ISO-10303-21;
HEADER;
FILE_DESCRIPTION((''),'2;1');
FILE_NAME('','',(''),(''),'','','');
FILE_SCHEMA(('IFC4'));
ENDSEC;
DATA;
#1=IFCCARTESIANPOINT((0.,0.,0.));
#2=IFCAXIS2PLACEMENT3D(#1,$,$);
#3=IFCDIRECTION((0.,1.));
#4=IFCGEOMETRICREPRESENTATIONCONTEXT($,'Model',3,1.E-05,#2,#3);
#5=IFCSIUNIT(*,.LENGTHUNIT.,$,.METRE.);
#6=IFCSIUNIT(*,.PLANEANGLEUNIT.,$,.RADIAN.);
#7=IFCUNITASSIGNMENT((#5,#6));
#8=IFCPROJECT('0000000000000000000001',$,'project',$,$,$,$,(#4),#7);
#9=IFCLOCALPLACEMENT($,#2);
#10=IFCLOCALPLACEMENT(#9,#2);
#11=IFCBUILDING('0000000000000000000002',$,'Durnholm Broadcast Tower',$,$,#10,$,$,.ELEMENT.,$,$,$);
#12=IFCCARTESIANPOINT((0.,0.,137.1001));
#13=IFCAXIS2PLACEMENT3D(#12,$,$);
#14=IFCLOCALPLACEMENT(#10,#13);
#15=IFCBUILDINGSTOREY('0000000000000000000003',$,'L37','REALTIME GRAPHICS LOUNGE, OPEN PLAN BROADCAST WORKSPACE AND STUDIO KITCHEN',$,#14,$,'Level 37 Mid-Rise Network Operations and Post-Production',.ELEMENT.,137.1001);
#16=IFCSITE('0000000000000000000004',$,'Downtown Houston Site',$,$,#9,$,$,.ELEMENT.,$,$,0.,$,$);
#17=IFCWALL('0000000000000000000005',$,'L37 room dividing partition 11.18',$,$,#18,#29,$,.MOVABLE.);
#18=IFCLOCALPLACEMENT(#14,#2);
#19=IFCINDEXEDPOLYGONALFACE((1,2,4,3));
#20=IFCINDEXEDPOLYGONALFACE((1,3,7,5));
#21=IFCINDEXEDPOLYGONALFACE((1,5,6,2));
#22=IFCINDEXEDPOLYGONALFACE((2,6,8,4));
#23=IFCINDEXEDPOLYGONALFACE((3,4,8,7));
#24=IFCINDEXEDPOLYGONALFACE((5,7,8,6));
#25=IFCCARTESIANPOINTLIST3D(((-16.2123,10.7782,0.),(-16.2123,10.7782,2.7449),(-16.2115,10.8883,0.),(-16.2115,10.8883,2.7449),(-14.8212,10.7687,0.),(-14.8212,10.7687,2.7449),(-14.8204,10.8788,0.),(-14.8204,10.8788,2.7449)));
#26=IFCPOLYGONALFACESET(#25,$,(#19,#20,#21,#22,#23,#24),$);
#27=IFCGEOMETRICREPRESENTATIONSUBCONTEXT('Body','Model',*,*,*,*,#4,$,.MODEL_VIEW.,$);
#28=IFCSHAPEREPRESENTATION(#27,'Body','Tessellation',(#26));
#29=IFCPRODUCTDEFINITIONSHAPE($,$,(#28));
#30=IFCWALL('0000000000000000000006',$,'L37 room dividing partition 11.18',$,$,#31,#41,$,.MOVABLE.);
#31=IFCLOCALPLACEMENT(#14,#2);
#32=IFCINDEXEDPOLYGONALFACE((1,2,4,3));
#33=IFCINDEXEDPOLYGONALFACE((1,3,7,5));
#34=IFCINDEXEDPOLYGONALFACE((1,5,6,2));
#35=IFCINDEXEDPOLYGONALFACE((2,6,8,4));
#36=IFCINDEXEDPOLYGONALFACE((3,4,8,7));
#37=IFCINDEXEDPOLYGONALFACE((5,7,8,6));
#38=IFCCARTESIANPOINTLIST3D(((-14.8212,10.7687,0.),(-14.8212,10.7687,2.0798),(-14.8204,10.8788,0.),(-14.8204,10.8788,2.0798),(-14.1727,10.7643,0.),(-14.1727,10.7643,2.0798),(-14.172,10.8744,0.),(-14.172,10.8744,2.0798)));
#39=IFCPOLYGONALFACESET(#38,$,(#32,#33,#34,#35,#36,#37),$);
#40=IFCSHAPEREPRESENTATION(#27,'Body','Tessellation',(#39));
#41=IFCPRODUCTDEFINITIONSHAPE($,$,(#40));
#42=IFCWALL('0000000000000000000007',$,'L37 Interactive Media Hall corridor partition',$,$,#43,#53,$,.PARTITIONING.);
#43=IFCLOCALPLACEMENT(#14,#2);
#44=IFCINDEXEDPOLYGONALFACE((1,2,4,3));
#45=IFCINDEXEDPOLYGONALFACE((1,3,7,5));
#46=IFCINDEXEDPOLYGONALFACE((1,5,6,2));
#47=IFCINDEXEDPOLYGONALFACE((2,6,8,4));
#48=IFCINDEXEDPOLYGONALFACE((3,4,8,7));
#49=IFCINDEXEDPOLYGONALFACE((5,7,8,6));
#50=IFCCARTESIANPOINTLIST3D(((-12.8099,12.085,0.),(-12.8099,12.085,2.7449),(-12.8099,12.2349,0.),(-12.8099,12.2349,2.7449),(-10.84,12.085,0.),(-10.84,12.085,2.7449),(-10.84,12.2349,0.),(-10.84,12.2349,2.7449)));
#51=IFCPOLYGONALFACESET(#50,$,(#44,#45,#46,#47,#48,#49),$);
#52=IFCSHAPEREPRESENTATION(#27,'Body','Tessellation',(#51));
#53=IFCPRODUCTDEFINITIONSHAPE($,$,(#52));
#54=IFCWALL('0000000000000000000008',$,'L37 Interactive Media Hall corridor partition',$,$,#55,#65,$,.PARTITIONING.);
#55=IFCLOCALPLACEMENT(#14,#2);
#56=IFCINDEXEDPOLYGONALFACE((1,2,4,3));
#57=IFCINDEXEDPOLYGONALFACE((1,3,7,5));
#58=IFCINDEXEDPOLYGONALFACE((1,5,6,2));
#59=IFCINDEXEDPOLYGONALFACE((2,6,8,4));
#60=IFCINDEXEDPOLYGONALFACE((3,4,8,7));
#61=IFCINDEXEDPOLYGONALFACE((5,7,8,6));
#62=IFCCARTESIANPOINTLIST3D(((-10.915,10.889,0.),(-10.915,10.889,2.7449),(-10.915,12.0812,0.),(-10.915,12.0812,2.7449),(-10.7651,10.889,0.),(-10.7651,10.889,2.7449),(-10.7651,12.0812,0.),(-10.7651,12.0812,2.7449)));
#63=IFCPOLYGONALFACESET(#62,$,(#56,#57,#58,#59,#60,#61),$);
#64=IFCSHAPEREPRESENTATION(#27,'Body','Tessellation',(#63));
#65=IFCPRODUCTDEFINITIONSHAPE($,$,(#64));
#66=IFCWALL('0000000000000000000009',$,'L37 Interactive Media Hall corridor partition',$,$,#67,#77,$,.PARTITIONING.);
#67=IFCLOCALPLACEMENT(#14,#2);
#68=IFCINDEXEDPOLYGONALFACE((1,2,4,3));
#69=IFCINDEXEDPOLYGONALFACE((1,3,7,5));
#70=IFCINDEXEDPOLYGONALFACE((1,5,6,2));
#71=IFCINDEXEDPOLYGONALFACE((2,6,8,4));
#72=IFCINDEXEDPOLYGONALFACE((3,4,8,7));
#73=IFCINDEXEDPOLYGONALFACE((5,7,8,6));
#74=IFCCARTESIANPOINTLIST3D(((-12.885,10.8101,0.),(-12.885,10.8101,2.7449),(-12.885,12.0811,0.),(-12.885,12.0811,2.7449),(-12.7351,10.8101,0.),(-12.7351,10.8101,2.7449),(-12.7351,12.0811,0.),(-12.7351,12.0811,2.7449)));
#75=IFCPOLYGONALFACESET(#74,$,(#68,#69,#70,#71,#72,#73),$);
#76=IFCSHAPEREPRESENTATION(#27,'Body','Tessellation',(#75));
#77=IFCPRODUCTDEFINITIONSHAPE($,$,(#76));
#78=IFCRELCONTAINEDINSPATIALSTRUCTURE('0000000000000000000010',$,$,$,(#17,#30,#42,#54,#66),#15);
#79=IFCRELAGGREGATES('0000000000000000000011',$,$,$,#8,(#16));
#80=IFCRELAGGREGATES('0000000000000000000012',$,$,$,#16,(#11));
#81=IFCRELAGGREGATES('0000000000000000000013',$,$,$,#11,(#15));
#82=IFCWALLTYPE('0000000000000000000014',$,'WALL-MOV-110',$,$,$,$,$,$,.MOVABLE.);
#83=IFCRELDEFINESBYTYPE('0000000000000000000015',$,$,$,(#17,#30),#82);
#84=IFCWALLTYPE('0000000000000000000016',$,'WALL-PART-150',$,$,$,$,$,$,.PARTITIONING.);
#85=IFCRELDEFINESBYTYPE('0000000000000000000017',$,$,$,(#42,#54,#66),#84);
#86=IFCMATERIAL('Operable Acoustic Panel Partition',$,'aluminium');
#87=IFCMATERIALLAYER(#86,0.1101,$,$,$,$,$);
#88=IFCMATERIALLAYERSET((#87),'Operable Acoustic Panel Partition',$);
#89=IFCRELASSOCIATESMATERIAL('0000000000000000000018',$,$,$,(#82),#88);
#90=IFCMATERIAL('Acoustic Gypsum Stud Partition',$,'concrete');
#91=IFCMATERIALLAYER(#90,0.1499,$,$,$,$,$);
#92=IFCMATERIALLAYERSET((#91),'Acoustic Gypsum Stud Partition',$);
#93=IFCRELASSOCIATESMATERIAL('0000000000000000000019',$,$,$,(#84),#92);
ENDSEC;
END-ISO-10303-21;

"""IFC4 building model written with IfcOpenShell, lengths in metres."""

from ifc_helpers import new_model, si_unit, direction, frame, frame_2d, origin, place, context, subcontext, project, spatial, rectangle, extrude, material, layer, layer_set, type_object, element, save


model = new_model("IFC4")

# Units and contexts
model_context = context("Model", 3, precision=1e-05, world=origin(), true_north=direction((0.0, 1.0)))
body_context = subcontext(model_context, "Body", "Model", "MODEL_VIEW")
ifc_project = project(units=[si_unit("LENGTHUNIT", "METRE"), si_unit("PLANEANGLEUNIT", "RADIAN")], contexts=[model_context])

# Site, building, storey
site_placement = place(None, origin())
site = spatial("IfcSite", under=ifc_project, at=site_placement, Name="Downtown Houston Site", CompositionType="ELEMENT", RefElevation=0.0)
building_placement = place(site_placement, origin())
building = spatial("IfcBuilding", under=site, at=building_placement, Name="Durnholm Broadcast Tower", CompositionType="ELEMENT")
storey_placement = place(building_placement, frame((0.0, 0.0, 137.1001)))
storey = spatial("IfcBuildingStorey", under=building, at=storey_placement, Name="L37", Description="REALTIME GRAPHICS LOUNGE, OPEN PLAN BROADCAST WORKSPACE AND STUDIO KITCHEN", LongName="Level 37 Mid-Rise Network Operations and Post-Production", CompositionType="ELEMENT", Elevation=137.1001)

# Walls
ifc_material_1 = material(Name="Operable Acoustic Panel Partition", Category="aluminium")
ifc_layer_1 = layer(ifc_material_1, 0.1101)
ifc_layer_set_1 = layer_set([ifc_layer_1], Name="Operable Acoustic Panel Partition")
wall_type_1 = type_object("IfcWallType", Name="WALL-MOV-110", PredefinedType="MOVABLE", material=ifc_layer_set_1)
wall_1_placement = place(storey_placement, frame((-14.8208, 10.8237, 0.0), z_axis=(0.0, 0.0, 1.0), x_axis=(-0.999977, 0.006844, 0.0)))
element("IfcWall", 1, at=wall_1_placement, inside=storey, type_object=wall_type_1, Name="L37 room dividing partition 11.18", PredefinedType="MOVABLE", context=body_context, shape_type="SweptSolid", body=[
    extrude(rectangle(XDim=1.3911, YDim=0.1101, at=frame_2d((0.6956, 0.0))), origin(), (0.0, 0.0, 1.0), 2.7449),
])
wall_2_placement = place(storey_placement, frame((-14.1724, 10.8193, 0.0), z_axis=(0.0, 0.0, 1.0), x_axis=(-0.999977, 0.006777, 0.0)))
element("IfcWall", 2, at=wall_2_placement, inside=storey, type_object=wall_type_1, Name="L37 room dividing partition 11.18", PredefinedType="MOVABLE", context=body_context, shape_type="SweptSolid", body=[
    extrude(rectangle(XDim=0.6484, YDim=0.1101, at=frame_2d((0.3242, 0.0))), origin(), (0.0, 0.0, 1.0), 2.0798),
])
ifc_material_2 = material(Name="Acoustic Gypsum Stud Partition", Category="concrete")
ifc_layer_2 = layer(ifc_material_2, 0.1499)
ifc_layer_set_2 = layer_set([ifc_layer_2], Name="Acoustic Gypsum Stud Partition")
wall_type_2 = type_object("IfcWallType", Name="WALL-PART-150", PredefinedType="PARTITIONING", material=ifc_layer_set_2)
wall_3_placement = place(storey_placement, frame((-10.8401, 12.1599, 0.0), z_axis=(0.0, 0.0, 1.0), x_axis=(-1.0, 0.0, 0.0)))
element("IfcWall", 3, at=wall_3_placement, inside=storey, type_object=wall_type_2, Name="L37 Interactive Media Hall corridor partition", PredefinedType="PARTITIONING", context=body_context, shape_type="SweptSolid", body=[
    extrude(rectangle(XDim=1.97, YDim=0.1499, at=frame_2d((0.9849, 0.0))), origin(), (0.0, 0.0, 1.0), 2.7449),
])
wall_4_placement = place(storey_placement, frame((-10.8401, 10.8889, 0.0), z_axis=(0.0, 0.0, 1.0), x_axis=(0.0, 1.0, 0.0)))
element("IfcWall", 4, at=wall_4_placement, inside=storey, type_object=wall_type_2, Name="L37 Interactive Media Hall corridor partition", PredefinedType="PARTITIONING", context=body_context, shape_type="SweptSolid", body=[
    extrude(rectangle(XDim=1.1921, YDim=0.1499, at=frame_2d((0.5962, 0.0))), origin(), (0.0, 0.0, 1.0), 2.7449),
])
wall_5_placement = place(storey_placement, frame((-12.8101, 12.0811, 0.0), z_axis=(0.0, 0.0, 1.0), x_axis=(0.0, -1.0, 0.0)))
element("IfcWall", 5, at=wall_5_placement, inside=storey, type_object=wall_type_2, Name="L37 Interactive Media Hall corridor partition", PredefinedType="PARTITIONING", context=body_context, shape_type="SweptSolid", body=[
    extrude(rectangle(XDim=1.271, YDim=0.1499, at=frame_2d((0.6355, 0.0))), origin(), (0.0, 0.0, 1.0), 2.7449),
])

save(model, "model.ifc")
